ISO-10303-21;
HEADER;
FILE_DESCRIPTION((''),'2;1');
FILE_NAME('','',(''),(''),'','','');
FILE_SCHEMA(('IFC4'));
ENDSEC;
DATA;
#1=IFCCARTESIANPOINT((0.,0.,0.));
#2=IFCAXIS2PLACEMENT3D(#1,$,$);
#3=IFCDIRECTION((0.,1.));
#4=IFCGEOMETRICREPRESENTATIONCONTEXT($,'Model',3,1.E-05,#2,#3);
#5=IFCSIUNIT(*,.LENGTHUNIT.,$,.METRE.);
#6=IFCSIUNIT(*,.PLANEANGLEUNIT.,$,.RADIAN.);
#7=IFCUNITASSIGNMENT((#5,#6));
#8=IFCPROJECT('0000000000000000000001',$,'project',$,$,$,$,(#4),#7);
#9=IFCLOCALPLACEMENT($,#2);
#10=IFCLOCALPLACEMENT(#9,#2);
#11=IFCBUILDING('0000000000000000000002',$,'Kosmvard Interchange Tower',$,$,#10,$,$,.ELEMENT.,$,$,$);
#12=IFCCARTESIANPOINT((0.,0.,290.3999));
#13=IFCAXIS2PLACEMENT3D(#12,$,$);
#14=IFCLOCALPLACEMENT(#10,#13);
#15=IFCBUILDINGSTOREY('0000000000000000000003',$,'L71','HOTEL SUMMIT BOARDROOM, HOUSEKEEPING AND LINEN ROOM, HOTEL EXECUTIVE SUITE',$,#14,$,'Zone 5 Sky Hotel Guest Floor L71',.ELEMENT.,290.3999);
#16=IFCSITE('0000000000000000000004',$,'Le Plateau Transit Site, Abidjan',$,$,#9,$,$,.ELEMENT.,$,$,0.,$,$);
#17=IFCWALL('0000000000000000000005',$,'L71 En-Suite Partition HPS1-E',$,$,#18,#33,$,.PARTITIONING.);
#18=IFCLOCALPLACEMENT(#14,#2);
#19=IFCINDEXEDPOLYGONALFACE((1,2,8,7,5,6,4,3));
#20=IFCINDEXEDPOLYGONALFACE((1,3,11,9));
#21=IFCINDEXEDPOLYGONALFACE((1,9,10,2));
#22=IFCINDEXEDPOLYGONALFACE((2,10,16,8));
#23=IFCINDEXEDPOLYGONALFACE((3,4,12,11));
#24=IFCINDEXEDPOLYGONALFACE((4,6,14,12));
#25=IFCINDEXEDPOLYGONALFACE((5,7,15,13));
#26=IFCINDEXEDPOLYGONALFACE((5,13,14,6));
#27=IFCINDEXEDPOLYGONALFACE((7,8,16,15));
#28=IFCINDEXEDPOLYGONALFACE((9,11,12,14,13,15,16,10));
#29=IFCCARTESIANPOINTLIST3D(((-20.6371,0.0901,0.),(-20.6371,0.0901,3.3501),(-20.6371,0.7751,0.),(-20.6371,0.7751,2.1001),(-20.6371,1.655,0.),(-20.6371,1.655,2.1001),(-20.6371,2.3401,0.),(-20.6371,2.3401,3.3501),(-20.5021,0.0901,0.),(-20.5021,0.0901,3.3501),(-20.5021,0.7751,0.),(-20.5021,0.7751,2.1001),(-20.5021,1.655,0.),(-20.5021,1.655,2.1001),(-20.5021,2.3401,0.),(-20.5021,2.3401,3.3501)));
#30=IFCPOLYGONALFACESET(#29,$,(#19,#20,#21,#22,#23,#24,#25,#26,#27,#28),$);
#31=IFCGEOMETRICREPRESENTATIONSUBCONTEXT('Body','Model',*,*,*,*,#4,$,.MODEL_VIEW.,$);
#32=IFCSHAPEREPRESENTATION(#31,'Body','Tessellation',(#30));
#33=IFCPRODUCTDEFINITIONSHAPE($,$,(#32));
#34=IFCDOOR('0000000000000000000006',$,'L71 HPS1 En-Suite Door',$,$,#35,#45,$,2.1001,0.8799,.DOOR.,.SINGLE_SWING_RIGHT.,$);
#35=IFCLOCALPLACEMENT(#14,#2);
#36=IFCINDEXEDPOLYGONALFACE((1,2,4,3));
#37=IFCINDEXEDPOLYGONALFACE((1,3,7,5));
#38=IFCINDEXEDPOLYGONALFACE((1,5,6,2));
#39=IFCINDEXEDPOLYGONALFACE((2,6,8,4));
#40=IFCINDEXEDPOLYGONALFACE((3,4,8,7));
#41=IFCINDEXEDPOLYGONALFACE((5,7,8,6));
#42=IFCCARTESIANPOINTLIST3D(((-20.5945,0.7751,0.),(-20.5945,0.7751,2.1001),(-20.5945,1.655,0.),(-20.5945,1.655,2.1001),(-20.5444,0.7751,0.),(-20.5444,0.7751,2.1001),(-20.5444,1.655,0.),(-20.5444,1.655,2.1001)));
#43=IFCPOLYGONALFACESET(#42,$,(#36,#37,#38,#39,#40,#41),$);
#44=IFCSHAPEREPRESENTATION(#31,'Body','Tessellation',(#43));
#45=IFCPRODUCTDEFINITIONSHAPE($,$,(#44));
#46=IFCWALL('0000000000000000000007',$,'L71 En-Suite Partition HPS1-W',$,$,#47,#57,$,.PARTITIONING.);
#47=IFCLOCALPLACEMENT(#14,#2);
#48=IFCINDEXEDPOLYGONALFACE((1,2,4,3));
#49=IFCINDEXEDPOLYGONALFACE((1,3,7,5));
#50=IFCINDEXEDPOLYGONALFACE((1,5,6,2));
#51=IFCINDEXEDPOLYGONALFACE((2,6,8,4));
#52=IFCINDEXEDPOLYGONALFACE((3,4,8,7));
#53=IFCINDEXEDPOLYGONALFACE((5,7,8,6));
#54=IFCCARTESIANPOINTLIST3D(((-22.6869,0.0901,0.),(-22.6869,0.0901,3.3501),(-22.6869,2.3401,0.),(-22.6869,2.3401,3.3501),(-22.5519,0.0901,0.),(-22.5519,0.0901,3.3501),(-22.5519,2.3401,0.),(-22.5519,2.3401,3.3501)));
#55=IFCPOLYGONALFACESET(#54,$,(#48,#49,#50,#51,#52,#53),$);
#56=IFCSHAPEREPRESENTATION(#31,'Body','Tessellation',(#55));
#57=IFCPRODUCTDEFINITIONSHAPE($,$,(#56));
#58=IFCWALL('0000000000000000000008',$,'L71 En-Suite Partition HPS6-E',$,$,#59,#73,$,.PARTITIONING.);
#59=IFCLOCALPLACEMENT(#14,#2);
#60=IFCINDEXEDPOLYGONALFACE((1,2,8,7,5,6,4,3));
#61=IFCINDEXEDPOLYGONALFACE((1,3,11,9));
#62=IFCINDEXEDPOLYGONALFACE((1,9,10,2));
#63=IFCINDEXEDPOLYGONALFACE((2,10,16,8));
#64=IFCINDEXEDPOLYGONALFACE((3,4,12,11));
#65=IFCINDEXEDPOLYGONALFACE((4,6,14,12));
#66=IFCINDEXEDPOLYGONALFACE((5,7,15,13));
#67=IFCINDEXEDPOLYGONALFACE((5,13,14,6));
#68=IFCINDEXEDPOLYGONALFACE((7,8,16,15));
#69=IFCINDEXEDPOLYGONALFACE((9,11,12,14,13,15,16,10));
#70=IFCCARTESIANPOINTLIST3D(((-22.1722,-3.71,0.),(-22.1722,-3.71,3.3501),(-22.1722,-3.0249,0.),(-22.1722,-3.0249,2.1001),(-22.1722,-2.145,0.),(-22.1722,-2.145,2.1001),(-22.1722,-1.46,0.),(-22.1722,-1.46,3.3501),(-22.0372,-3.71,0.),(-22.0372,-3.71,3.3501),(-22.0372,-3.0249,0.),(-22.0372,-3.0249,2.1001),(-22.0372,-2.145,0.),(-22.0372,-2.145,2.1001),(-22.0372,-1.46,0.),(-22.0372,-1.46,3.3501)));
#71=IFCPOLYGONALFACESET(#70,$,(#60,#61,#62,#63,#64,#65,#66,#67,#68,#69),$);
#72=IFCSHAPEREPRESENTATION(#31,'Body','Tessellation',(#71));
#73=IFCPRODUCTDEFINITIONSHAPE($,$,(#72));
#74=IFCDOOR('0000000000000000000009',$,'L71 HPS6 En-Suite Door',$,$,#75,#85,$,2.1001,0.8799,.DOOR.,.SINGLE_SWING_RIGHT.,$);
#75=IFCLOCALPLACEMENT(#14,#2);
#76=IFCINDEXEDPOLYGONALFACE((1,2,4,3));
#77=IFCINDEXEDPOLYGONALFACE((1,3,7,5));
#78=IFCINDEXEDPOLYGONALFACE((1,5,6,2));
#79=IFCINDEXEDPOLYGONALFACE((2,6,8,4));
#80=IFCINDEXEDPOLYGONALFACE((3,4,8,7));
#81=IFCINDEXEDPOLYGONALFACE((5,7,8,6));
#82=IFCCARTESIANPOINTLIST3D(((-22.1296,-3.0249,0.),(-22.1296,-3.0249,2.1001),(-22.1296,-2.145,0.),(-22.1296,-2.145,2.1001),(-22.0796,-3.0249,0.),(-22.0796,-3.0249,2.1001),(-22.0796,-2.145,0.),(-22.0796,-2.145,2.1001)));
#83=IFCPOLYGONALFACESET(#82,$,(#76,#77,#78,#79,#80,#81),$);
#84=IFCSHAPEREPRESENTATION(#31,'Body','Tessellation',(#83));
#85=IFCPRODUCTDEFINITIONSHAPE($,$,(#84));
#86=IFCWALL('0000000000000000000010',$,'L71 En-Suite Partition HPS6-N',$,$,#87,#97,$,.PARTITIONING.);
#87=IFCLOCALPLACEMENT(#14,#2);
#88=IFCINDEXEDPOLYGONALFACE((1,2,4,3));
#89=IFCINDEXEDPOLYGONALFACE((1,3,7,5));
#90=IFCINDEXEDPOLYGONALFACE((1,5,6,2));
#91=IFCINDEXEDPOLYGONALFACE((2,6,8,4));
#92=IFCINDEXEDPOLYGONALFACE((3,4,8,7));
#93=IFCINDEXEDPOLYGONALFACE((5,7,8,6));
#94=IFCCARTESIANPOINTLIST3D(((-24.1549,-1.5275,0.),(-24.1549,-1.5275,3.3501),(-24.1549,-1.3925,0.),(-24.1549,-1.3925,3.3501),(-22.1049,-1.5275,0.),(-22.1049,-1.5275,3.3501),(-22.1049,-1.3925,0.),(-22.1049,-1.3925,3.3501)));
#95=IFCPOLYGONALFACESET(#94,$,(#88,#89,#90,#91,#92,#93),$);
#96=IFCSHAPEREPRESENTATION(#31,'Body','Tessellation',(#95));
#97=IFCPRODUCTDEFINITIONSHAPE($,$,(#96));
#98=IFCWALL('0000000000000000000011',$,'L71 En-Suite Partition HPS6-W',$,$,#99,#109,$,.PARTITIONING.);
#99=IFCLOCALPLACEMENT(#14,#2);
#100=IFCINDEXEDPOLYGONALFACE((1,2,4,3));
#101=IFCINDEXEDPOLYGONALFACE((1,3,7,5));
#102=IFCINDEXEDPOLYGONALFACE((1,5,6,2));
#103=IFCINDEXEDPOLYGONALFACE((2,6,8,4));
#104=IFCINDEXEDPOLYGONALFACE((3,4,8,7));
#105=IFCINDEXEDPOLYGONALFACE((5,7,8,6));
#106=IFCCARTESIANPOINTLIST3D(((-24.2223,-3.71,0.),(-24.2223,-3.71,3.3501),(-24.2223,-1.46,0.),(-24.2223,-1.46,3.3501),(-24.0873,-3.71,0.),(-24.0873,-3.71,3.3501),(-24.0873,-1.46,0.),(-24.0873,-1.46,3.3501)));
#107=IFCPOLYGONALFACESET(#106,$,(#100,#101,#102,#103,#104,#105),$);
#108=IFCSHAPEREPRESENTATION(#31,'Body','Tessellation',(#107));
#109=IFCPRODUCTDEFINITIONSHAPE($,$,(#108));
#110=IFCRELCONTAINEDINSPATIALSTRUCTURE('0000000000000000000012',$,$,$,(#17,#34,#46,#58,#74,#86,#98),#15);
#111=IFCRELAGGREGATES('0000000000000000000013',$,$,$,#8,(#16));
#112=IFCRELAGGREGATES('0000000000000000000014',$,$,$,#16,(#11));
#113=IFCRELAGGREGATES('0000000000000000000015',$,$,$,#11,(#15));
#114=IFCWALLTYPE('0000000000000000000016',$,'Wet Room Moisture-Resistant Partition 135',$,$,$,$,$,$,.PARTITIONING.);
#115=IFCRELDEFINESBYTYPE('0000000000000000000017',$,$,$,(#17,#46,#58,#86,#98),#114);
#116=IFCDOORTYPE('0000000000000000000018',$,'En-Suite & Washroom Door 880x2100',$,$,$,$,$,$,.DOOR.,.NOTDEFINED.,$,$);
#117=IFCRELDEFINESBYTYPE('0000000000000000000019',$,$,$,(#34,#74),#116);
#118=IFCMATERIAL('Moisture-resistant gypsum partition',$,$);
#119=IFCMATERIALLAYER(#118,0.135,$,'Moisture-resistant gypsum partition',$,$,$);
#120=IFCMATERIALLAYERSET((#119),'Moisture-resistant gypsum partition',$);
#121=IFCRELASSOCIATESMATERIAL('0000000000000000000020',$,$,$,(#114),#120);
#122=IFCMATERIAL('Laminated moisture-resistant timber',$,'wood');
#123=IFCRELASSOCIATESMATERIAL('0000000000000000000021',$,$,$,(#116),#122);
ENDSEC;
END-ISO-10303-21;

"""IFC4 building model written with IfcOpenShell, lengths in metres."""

from ifc_helpers import new_model, si_unit, direction, frame, frame_2d, origin, place, context, subcontext, project, spatial, rectangle, extrude, source, transform, mapped, material, layer, layer_set, type_object, element, fill, save


model = new_model("IFC4")

# Units and contexts
model_context = context("Model", 3, precision=1e-05, world=origin(), true_north=direction((0.0, 1.0)))
body_context = subcontext(model_context, "Body", "Model", "MODEL_VIEW")
ifc_project = project(units=[si_unit("LENGTHUNIT", "METRE"), si_unit("PLANEANGLEUNIT", "RADIAN")], contexts=[model_context])

# Site, building, storey
site_placement = place(None, origin())
site = spatial("IfcSite", under=ifc_project, at=site_placement, Name="Le Plateau Transit Site, Abidjan", CompositionType="ELEMENT", RefElevation=0.0)
building_placement = place(site_placement, origin())
building = spatial("IfcBuilding", under=site, at=building_placement, Name="Kosmvard Interchange Tower", CompositionType="ELEMENT")
storey_placement = place(building_placement, frame((0.0, 0.0, 290.3999)))
storey = spatial("IfcBuildingStorey", under=building, at=storey_placement, Name="L71", Description="HOTEL SUMMIT BOARDROOM, HOUSEKEEPING AND LINEN ROOM, HOTEL EXECUTIVE SUITE", LongName="Zone 5 Sky Hotel Guest Floor L71", CompositionType="ELEMENT", Elevation=290.3999)

# Wall, opening, door
ifc_material_1 = material(Name="Moisture-resistant gypsum partition")
ifc_layer_1 = layer(ifc_material_1, 0.135, Name="Moisture-resistant gypsum partition")
ifc_layer_set_1 = layer_set([ifc_layer_1], Name="Moisture-resistant gypsum partition")
wall_type_1 = type_object("IfcWallType", Name="Wet Room Moisture-Resistant Partition 135", PredefinedType="PARTITIONING", material=ifc_layer_set_1)
wall_1_placement = place(storey_placement, frame((-20.5696, 0.0901, 0.0), z_axis=(0.0, 0.0, 1.0), x_axis=(0.0, 1.0, 0.0)))
wall_1 = element("IfcWall", 1, at=wall_1_placement, inside=storey, type_object=wall_type_1, Name="L71 En-Suite Partition HPS1-E", PredefinedType="PARTITIONING", context=body_context, shape_type="SweptSolid", body=[
    extrude(rectangle(XDim=2.25, YDim=0.135, at=frame_2d((1.125, 0.0))), origin(), (0.0, 0.0, 1.0), 3.3501),
])
opening_1_placement = place(wall_1_placement, frame((0.6851, 0.0, 0.0)))
opening_1 = element("IfcOpeningElement", 2, at=opening_1_placement, cuts=wall_1, PredefinedType="OPENING", context=body_context, shape_type="SweptSolid", body=[
    extrude(rectangle(XDim=0.8799, YDim=2.1001, at=frame_2d((0.4399, 1.05))), frame((0.0, 0.0776, 0.0), z_axis=(0.0, -1.0, 0.0), x_axis=(1.0, 0.0, 0.0)), (0.0, 0.0, 1.0), 0.155),
])
ifc_material_2 = material(Name="Laminated moisture-resistant timber", Category="wood")
door_type = type_object("IfcDoorType", Name="En-Suite & Washroom Door 880x2100", OperationType="NOTDEFINED", PredefinedType="DOOR", material=ifc_material_2)
shared_shape_1 = source(origin(), body_context, "Body", "SweptSolid", [
    extrude(rectangle(XDim=0.8799, YDim=2.1001, at=frame_2d((0.4399, 1.05))), frame((0.0, 0.0249, 0.0), z_axis=(0.0, -1.0, 0.0), x_axis=(1.0, 0.0, 0.0)), (0.0, 0.0, 1.0), 0.05),
])
door_1_placement = place(opening_1_placement, origin())
door_1 = element("IfcDoor", 3, at=door_1_placement, inside=storey, type_object=door_type, Name="L71 HPS1 En-Suite Door", OperationType="SINGLE_SWING_RIGHT", OverallHeight=2.1001, OverallWidth=0.8799, PredefinedType="DOOR", context=body_context, shape_type="MappedRepresentation", body=[
    mapped(shared_shape_1, transform((0.0, 0.0, 0.0), scale=1.0)),
])
fill(opening_1, door_1)

# Wall
wall_2_placement = place(storey_placement, frame((-22.6194, 0.0901, 0.0), z_axis=(0.0, 0.0, 1.0), x_axis=(0.0, 1.0, 0.0)))
element("IfcWall", 4, at=wall_2_placement, inside=storey, type_object=wall_type_1, Name="L71 En-Suite Partition HPS1-W", PredefinedType="PARTITIONING", context=body_context, shape_type="SweptSolid", body=[
    extrude(rectangle(XDim=2.25, YDim=0.135, at=frame_2d((1.125, 0.0))), origin(), (0.0, 0.0, 1.0), 3.3501),
])

# Wall, opening, door
wall_3_placement = place(storey_placement, frame((-22.1047, -3.71, 0.0), z_axis=(0.0, 0.0, 1.0), x_axis=(0.0, 1.0, 0.0)))
wall_3 = element("IfcWall", 5, at=wall_3_placement, inside=storey, type_object=wall_type_1, Name="L71 En-Suite Partition HPS6-E", PredefinedType="PARTITIONING", context=body_context, shape_type="SweptSolid", body=[
    extrude(rectangle(XDim=2.25, YDim=0.135, at=frame_2d((1.125, 0.0))), origin(), (0.0, 0.0, 1.0), 3.3501),
])
opening_2_placement = place(wall_3_placement, frame((0.6851, 0.0, 0.0)))
opening_2 = element("IfcOpeningElement", 6, at=opening_2_placement, cuts=wall_3, PredefinedType="OPENING", context=body_context, shape_type="SweptSolid", body=[
    extrude(rectangle(XDim=0.8799, YDim=2.1001, at=frame_2d((0.4399, 1.05))), frame((0.0, 0.0776, 0.0), z_axis=(0.0, -1.0, 0.0), x_axis=(1.0, 0.0, 0.0)), (0.0, 0.0, 1.0), 0.155),
])
door_2_placement = place(opening_2_placement, origin())
door_2 = element("IfcDoor", 7, at=door_2_placement, inside=storey, type_object=door_type, Name="L71 HPS6 En-Suite Door", OperationType="SINGLE_SWING_RIGHT", OverallHeight=2.1001, OverallWidth=0.8799, PredefinedType="DOOR", context=body_context, shape_type="MappedRepresentation", body=[
    mapped(shared_shape_1, transform((0.0, 0.0, 0.0), scale=1.0)),
])
fill(opening_2, door_2)

# Walls
wall_4_placement = place(storey_placement, frame((-24.1548, -1.46, 0.0), z_axis=(0.0, 0.0, 1.0), x_axis=(1.0, 0.0, 0.0)))
element("IfcWall", 8, at=wall_4_placement, inside=storey, type_object=wall_type_1, Name="L71 En-Suite Partition HPS6-N", PredefinedType="PARTITIONING", context=body_context, shape_type="SweptSolid", body=[
    extrude(rectangle(XDim=2.05, YDim=0.135, at=frame_2d((1.0249, 0.0))), origin(), (0.0, 0.0, 1.0), 3.3501),
])
wall_5_placement = place(storey_placement, frame((-24.1548, -3.71, 0.0), z_axis=(0.0, 0.0, 1.0), x_axis=(0.0, 1.0, 0.0)))
element("IfcWall", 9, at=wall_5_placement, inside=storey, type_object=wall_type_1, Name="L71 En-Suite Partition HPS6-W", PredefinedType="PARTITIONING", context=body_context, shape_type="SweptSolid", body=[
    extrude(rectangle(XDim=2.25, YDim=0.135, at=frame_2d((1.125, 0.0))), origin(), (0.0, 0.0, 1.0), 3.3501),
])

save(model, "model.ifc")
